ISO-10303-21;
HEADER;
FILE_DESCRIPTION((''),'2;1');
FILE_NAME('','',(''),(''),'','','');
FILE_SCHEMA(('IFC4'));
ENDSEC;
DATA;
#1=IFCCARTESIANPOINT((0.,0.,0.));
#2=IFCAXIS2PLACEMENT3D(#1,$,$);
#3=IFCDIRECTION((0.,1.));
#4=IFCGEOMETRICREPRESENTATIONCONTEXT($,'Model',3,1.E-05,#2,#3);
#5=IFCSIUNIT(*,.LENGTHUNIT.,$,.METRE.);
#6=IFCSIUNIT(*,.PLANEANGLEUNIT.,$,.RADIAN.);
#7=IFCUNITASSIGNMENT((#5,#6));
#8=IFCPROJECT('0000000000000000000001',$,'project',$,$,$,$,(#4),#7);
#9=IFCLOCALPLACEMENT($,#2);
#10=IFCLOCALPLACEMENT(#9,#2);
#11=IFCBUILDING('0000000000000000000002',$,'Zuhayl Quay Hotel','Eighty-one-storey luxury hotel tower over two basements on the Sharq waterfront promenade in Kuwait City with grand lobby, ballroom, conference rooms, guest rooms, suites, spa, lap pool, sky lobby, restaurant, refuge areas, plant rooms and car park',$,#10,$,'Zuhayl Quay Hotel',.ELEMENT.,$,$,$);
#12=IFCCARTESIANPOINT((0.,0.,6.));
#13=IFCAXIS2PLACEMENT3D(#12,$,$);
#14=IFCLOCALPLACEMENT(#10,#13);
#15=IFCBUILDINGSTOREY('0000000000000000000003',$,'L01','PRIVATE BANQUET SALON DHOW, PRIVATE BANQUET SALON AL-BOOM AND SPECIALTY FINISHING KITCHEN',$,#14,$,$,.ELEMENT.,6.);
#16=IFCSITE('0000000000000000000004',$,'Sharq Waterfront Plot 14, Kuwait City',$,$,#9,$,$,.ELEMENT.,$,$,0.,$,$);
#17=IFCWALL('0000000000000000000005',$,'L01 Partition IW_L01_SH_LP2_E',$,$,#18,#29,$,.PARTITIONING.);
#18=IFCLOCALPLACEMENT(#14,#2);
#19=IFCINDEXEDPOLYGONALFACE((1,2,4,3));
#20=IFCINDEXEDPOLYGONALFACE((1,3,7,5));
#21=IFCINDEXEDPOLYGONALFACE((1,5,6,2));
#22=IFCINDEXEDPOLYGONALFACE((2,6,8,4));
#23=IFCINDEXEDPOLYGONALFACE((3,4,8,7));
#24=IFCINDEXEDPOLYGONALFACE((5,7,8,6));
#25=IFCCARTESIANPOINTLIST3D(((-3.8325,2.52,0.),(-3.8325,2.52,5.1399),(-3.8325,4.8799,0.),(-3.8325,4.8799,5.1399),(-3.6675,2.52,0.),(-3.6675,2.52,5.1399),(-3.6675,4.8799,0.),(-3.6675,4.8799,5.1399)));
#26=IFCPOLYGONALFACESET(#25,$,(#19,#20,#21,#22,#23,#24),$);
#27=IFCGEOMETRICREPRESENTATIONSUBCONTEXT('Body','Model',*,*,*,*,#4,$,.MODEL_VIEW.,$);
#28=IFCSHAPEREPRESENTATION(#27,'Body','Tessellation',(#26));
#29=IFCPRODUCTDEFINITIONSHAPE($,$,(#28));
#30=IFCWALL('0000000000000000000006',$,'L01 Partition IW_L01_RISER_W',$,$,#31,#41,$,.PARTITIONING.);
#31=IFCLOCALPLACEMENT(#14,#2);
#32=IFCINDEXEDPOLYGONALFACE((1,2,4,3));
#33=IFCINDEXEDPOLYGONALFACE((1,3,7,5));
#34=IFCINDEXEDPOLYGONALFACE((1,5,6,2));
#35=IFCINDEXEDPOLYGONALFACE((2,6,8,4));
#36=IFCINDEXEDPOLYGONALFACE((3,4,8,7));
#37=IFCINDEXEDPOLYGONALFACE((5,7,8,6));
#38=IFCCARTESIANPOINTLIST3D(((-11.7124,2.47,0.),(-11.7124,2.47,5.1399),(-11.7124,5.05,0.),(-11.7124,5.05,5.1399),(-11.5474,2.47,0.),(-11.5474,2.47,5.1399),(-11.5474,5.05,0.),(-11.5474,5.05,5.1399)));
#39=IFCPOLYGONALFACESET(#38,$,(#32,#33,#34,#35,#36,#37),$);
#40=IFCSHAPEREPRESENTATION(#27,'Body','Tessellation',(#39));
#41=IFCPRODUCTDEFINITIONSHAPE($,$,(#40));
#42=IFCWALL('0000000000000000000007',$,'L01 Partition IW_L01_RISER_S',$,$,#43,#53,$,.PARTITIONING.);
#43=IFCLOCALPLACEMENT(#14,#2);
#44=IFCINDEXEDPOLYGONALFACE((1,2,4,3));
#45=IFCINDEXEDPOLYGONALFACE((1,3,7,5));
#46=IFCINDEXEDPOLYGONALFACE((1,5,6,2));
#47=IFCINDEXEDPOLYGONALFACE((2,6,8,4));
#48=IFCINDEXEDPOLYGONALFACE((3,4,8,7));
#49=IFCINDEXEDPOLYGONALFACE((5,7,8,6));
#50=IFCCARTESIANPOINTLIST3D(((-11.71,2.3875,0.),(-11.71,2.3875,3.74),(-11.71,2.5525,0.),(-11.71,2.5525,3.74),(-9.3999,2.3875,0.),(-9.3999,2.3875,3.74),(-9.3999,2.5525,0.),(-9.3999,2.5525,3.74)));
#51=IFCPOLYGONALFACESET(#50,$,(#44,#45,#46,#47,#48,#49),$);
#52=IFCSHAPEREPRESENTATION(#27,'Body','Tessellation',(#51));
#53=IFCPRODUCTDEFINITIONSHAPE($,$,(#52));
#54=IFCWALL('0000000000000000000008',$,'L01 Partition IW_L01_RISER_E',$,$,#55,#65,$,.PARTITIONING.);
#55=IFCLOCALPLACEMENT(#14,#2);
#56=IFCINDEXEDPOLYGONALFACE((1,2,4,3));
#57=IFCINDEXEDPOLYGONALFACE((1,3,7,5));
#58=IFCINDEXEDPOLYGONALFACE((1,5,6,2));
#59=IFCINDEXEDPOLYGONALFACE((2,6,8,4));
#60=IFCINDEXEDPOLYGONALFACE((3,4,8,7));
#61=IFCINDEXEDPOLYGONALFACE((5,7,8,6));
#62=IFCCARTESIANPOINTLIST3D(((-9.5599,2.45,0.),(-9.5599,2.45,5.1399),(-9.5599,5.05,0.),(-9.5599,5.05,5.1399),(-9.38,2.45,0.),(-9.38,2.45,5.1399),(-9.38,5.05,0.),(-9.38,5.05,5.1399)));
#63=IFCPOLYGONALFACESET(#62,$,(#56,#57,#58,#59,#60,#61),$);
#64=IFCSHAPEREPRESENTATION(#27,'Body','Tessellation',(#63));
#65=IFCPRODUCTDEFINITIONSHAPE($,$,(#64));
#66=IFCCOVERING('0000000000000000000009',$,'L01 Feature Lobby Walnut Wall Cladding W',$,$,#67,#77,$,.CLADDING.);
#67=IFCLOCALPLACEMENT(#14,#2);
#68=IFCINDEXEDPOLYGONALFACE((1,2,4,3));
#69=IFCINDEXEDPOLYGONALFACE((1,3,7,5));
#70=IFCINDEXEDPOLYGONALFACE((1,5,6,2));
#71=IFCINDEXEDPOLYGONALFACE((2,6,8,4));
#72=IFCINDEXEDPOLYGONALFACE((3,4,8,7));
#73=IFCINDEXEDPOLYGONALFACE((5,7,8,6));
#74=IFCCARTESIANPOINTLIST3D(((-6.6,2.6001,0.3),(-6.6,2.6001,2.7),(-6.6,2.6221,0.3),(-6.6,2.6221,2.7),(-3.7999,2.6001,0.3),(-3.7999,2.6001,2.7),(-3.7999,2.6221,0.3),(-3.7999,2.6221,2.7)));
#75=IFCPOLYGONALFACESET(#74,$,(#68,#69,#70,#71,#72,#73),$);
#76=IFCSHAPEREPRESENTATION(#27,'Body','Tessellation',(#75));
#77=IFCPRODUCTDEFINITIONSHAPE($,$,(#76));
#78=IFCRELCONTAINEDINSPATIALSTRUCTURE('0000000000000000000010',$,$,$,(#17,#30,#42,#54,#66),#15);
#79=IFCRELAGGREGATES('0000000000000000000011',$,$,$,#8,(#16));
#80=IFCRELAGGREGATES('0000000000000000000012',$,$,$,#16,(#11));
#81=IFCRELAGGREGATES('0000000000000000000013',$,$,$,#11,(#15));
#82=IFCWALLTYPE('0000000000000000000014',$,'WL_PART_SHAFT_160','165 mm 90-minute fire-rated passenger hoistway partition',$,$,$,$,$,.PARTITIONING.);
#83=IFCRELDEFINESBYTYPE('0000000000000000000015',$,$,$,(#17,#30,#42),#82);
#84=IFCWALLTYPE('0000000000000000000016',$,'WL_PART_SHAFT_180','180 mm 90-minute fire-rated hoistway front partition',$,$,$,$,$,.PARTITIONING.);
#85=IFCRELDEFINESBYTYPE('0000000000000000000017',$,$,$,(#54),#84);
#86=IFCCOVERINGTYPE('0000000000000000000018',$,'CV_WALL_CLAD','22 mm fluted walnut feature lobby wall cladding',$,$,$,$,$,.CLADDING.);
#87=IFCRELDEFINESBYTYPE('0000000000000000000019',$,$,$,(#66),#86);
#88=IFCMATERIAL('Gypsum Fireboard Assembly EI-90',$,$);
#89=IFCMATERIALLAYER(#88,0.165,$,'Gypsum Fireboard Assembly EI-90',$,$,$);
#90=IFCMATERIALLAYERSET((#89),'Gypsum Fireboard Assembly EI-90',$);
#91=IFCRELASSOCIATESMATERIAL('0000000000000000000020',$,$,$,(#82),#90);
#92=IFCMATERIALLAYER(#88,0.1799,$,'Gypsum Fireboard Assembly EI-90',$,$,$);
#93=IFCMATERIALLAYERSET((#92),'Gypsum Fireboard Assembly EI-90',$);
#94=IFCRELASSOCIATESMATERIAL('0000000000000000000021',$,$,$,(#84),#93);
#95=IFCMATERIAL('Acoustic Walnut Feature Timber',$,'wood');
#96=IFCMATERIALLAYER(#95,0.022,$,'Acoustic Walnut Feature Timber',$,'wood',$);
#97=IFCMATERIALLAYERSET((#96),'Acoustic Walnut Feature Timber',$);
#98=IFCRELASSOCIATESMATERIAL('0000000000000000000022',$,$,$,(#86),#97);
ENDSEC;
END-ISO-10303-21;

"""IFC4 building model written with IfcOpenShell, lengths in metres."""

from ifc_helpers import new_model, si_unit, direction, frame, frame_2d, origin, origin_2d, place, context, subcontext, project, spatial, rectangle, extrude, material, layer, layer_set, type_object, element, save


model = new_model("IFC4")

# Units and contexts
model_context = context("Model", 3, precision=1e-05, world=origin(), true_north=direction((0.0, 1.0)))
body_context = subcontext(model_context, "Body", "Model", "MODEL_VIEW")
ifc_project = project(units=[si_unit("LENGTHUNIT", "METRE"), si_unit("PLANEANGLEUNIT", "RADIAN")], contexts=[model_context])

# Site, building, storey
site_placement = place(None, origin())
site = spatial("IfcSite", under=ifc_project, at=site_placement, Name="Sharq Waterfront Plot 14, Kuwait City", CompositionType="ELEMENT", RefElevation=0.0)
building_placement = place(site_placement, origin())
building = spatial("IfcBuilding", under=site, at=building_placement, Name="Zuhayl Quay Hotel", Description="Eighty-one-storey luxury hotel tower over two basements on the Sharq waterfront promenade in Kuwait City with grand lobby, ballroom, conference rooms, guest rooms, suites, spa, lap pool, sky lobby, restaurant, refuge areas, plant rooms and car park", LongName="Zuhayl Quay Hotel", CompositionType="ELEMENT")
storey_placement = place(building_placement, frame((0.0, 0.0, 6.0)))
storey = spatial("IfcBuildingStorey", under=building, at=storey_placement, Name="L01", Description="PRIVATE BANQUET SALON DHOW, PRIVATE BANQUET SALON AL-BOOM AND SPECIALTY FINISHING KITCHEN", CompositionType="ELEMENT", Elevation=6.0)

# Shared definitions
ifc_material_1 = material(Name="Gypsum Fireboard Assembly EI-90")
ifc_layer_1 = layer(ifc_material_1, 0.165, Name="Gypsum Fireboard Assembly EI-90")
ifc_layer_set_1 = layer_set([ifc_layer_1], Name="Gypsum Fireboard Assembly EI-90")
wall_type_1 = type_object("IfcWallType", Name="WL_PART_SHAFT_160", Description="165 mm 90-minute fire-rated passenger hoistway partition", PredefinedType="PARTITIONING", material=ifc_layer_set_1)

# Walls
for number, where, z_axis, x_axis, name in (
    (1, (-3.75, 2.52, 0.0), (0.0, 0.0, 1.0), (0.0, 1.0, 0.0), "L01 Partition IW_L01_SH_LP2_E"),
):
    element("IfcWall", number, at=place(storey_placement, frame(where, z_axis=z_axis, x_axis=x_axis)), inside=storey, type_object=wall_type_1, Name=name, PredefinedType="PARTITIONING", context=body_context, shape_type="SweptSolid", body=[
        extrude(rectangle(XDim=2.3599, YDim=0.165, at=frame_2d((1.1799, 0.0))), origin(), (0.0, 0.0, 1.0), 5.1399),
    ])
wall_1_placement = place(storey_placement, frame((-11.6299, 2.47, 0.0), z_axis=(0.0, 0.0, 1.0), x_axis=(0.0, 1.0, 0.0)))
element("IfcWall", 2, at=wall_1_placement, inside=storey, type_object=wall_type_1, Name="L01 Partition IW_L01_RISER_W", PredefinedType="PARTITIONING", context=body_context, shape_type="SweptSolid", body=[
    extrude(rectangle(XDim=2.5801, YDim=0.165, at=frame_2d((1.29, 0.0))), origin(), (0.0, 0.0, 1.0), 5.1399),
])
wall_2_placement = place(storey_placement, frame((-11.71, 2.47, 0.0), z_axis=(0.0, 0.0, 1.0), x_axis=(1.0, 0.0, 0.0)))
element("IfcWall", 3, at=wall_2_placement, inside=storey, type_object=wall_type_1, Name="L01 Partition IW_L01_RISER_S", PredefinedType="PARTITIONING", context=body_context, shape_type="SweptSolid", body=[
    extrude(rectangle(XDim=2.3101, YDim=0.165, at=frame_2d((1.155, 0.0))), origin(), (0.0, 0.0, 1.0), 3.74),
])
ifc_layer_2 = layer(ifc_material_1, 0.1799, Name="Gypsum Fireboard Assembly EI-90")
ifc_layer_set_2 = layer_set([ifc_layer_2], Name="Gypsum Fireboard Assembly EI-90")
wall_type_2 = type_object("IfcWallType", Name="WL_PART_SHAFT_180", Description="180 mm 90-minute fire-rated hoistway front partition", PredefinedType="PARTITIONING", material=ifc_layer_set_2)
wall_3_placement = place(storey_placement, frame((-9.47, 2.45, 0.0), z_axis=(0.0, 0.0, 1.0), x_axis=(0.0, 1.0, 0.0)))
element("IfcWall", 4, at=wall_3_placement, inside=storey, type_object=wall_type_2, Name="L01 Partition IW_L01_RISER_E", PredefinedType="PARTITIONING", context=body_context, shape_type="SweptSolid", body=[
    extrude(rectangle(XDim=2.6001, YDim=0.1799, at=frame_2d((1.3, 0.0))), origin(), (0.0, 0.0, 1.0), 5.1399),
])

# Covering
ifc_material_2 = material(Name="Acoustic Walnut Feature Timber", Category="wood")
ifc_layer_3 = layer(ifc_material_2, 0.022, Name="Acoustic Walnut Feature Timber", Category="wood")
ifc_layer_set_3 = layer_set([ifc_layer_3], Name="Acoustic Walnut Feature Timber")
covering_type = type_object("IfcCoveringType", Name="CV_WALL_CLAD", Description="22 mm fluted walnut feature lobby wall cladding", PredefinedType="CLADDING", material=ifc_layer_set_3)
covering_placement = place(storey_placement, frame((-5.2, 2.6111, 0.3), z_axis=(0.0, 0.0, 1.0), x_axis=(1.0, 0.0, 0.0)))
element("IfcCovering", 5, at=covering_placement, inside=storey, type_object=covering_type, Name="L01 Feature Lobby Walnut Wall Cladding W", PredefinedType="CLADDING", context=body_context, shape_type="SweptSolid", body=[
    extrude(rectangle(XDim=2.8, YDim=0.022, at=origin_2d()), origin(), (0.0, 0.0, 1.0), 2.3999),
])

save(model, "model.ifc")
